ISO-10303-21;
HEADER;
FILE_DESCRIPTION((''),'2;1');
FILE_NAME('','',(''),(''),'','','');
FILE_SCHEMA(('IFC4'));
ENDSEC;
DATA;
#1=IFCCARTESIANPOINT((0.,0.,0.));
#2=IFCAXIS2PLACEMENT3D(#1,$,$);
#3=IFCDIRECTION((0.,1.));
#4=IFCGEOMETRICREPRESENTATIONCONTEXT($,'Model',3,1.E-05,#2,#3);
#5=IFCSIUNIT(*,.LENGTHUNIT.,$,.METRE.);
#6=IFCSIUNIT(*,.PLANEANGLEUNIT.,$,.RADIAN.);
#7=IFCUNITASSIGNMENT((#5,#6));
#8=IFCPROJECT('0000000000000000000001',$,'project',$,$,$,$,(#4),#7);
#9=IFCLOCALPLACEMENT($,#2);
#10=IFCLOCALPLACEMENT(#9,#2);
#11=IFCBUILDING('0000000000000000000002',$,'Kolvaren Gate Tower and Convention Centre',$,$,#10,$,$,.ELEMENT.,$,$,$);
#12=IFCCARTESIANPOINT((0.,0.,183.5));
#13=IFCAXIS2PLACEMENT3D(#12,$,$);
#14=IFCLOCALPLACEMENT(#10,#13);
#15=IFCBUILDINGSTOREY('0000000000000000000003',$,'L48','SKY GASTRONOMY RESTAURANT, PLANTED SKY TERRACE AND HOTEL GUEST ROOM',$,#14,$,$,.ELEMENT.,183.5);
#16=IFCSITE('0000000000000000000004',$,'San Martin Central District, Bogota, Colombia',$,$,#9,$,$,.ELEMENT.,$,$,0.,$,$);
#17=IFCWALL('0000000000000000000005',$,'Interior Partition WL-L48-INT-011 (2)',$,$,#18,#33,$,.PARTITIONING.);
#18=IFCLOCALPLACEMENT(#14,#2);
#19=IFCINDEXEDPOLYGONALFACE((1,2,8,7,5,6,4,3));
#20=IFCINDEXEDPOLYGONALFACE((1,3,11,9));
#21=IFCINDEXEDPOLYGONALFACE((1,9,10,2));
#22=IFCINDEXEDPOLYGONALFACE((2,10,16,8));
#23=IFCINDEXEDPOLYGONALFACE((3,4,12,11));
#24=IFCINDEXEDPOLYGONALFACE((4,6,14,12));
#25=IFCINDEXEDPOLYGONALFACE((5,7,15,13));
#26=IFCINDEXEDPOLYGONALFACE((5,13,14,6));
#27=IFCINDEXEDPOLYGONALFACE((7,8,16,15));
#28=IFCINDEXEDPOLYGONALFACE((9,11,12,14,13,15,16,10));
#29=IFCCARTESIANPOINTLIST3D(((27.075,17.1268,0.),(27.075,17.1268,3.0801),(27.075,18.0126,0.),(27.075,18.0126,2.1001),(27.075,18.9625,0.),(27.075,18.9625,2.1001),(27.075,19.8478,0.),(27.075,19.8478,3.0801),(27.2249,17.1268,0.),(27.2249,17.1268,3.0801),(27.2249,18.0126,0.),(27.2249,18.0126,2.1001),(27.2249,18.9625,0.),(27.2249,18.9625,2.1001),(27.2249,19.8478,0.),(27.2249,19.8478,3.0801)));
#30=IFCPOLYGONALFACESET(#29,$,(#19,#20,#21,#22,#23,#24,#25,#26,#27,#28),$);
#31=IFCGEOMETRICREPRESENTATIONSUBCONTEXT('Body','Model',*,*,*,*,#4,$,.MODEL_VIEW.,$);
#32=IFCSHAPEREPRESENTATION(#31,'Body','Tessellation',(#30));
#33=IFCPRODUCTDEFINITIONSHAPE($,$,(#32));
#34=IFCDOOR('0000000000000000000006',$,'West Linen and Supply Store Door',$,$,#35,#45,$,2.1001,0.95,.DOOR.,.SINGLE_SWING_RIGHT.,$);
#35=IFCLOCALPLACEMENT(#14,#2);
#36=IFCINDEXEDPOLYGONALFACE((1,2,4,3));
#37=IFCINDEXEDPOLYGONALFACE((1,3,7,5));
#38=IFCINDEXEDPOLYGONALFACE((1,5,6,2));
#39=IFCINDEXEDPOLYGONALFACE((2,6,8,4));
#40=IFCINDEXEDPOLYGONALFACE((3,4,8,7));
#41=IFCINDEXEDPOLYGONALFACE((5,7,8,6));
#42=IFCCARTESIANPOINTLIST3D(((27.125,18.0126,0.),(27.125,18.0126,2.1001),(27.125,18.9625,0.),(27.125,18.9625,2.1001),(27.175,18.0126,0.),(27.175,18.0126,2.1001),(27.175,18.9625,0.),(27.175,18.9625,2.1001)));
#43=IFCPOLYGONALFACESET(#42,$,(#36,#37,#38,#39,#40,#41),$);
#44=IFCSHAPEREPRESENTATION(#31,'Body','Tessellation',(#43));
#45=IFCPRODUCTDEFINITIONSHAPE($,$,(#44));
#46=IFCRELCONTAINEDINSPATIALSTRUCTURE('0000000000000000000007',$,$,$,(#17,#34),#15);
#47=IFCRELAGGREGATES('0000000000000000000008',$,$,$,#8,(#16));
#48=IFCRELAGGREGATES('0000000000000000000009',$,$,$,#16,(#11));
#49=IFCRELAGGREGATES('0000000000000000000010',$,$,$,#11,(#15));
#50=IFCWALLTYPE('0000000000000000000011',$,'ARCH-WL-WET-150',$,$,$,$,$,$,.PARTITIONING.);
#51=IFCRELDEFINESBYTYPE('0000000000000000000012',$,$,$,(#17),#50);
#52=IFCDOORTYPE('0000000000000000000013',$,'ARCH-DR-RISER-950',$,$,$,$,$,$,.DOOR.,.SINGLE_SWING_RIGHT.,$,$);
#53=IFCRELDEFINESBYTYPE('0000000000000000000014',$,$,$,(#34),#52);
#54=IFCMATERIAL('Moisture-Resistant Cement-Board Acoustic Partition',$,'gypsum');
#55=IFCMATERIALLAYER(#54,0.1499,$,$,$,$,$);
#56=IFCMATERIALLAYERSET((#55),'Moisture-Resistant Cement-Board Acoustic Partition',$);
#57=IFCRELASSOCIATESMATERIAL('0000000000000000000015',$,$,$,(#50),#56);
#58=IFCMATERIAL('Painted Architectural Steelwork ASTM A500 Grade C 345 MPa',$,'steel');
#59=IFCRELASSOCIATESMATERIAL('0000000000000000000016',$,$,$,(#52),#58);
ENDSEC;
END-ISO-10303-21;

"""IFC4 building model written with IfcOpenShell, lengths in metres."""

from ifc_helpers import new_model, si_unit, direction, frame, frame_2d, origin, place, context, subcontext, project, spatial, rectangle, extrude, material, layer, layer_set, type_object, element, fill, save


model = new_model("IFC4")

# Units and contexts
model_context = context("Model", 3, precision=1e-05, world=origin(), true_north=direction((0.0, 1.0)))
body_context = subcontext(model_context, "Body", "Model", "MODEL_VIEW")
ifc_project = project(units=[si_unit("LENGTHUNIT", "METRE"), si_unit("PLANEANGLEUNIT", "RADIAN")], contexts=[model_context])

# Site, building, storey
site_placement = place(None, origin())
site = spatial("IfcSite", under=ifc_project, at=site_placement, Name="San Martin Central District, Bogota, Colombia", CompositionType="ELEMENT", RefElevation=0.0)
building_placement = place(site_placement, origin())
building = spatial("IfcBuilding", under=site, at=building_placement, Name="Kolvaren Gate Tower and Convention Centre", CompositionType="ELEMENT")
storey_placement = place(building_placement, frame((0.0, 0.0, 183.5)))
storey = spatial("IfcBuildingStorey", under=building, at=storey_placement, Name="L48", Description="SKY GASTRONOMY RESTAURANT, PLANTED SKY TERRACE AND HOTEL GUEST ROOM", CompositionType="ELEMENT", Elevation=183.5)

# Shared definitions
ifc_material_1 = material(Name="Moisture-Resistant Cement-Board Acoustic Partition", Category="gypsum")
ifc_layer_1 = layer(ifc_material_1, 0.1499)
ifc_layer_set_1 = layer_set([ifc_layer_1], Name="Moisture-Resistant Cement-Board Acoustic Partition")
wall_type_1 = type_object("IfcWallType", Name="ARCH-WL-WET-150", PredefinedType="PARTITIONING", material=ifc_layer_set_1)

# Wall, opening, door
ifc_material_2 = material(Name="Painted Architectural Steelwork ASTM A500 Grade C 345 MPa", Category="steel")
door_type_1 = type_object("IfcDoorType", Name="ARCH-DR-RISER-950", OperationType="SINGLE_SWING_RIGHT", PredefinedType="DOOR", material=ifc_material_2)
wall_1_placement = place(storey_placement, frame((27.1499, 17.127, 0.0), z_axis=(0.0, 0.0, 1.0), x_axis=(0.0, 1.0, 0.0)))
wall_1 = element("IfcWall", 1, at=wall_1_placement, inside=storey, type_object=wall_type_1, Name="Interior Partition WL-L48-INT-011 (2)", PredefinedType="PARTITIONING", context=body_context, shape_type="SweptSolid", body=[
    extrude(rectangle(XDim=2.7209, YDim=0.1499, at=frame_2d((1.3604, 0.0))), origin(), (0.0, 0.0, 1.0), 3.0801),
])
opening_1_placement = place(wall_1_placement, frame((0.8855, 0.0, 0.0)))
opening_1 = element("IfcOpeningElement", 2, at=opening_1_placement, cuts=wall_1, PredefinedType="OPENING", context=body_context, shape_type="SweptSolid", body=[
    extrude(rectangle(XDim=0.95, YDim=2.1001, at=frame_2d((0.4751, 1.05))), frame((0.0, 0.085, 0.0), z_axis=(0.0, -1.0, 0.0), x_axis=(1.0, 0.0, 0.0)), (0.0, 0.0, 1.0), 0.1699),
])
door_1_placement = place(opening_1_placement, origin())
door_1 = element("IfcDoor", 3, at=door_1_placement, inside=storey, type_object=door_type_1, Name="West Linen and Supply Store Door", OperationType="SINGLE_SWING_RIGHT", OverallHeight=2.1001, OverallWidth=0.95, PredefinedType="DOOR", context=body_context, shape_type="SweptSolid", body=[
    extrude(rectangle(XDim=0.95, YDim=2.1001, at=frame_2d((0.4751, 1.05))), frame((0.0, 0.0249, 0.0), z_axis=(0.0, -1.0, 0.0), x_axis=(1.0, 0.0, 0.0)), (0.0, 0.0, 1.0), 0.05),
])
fill(opening_1, door_1)

save(model, "model.ifc")
